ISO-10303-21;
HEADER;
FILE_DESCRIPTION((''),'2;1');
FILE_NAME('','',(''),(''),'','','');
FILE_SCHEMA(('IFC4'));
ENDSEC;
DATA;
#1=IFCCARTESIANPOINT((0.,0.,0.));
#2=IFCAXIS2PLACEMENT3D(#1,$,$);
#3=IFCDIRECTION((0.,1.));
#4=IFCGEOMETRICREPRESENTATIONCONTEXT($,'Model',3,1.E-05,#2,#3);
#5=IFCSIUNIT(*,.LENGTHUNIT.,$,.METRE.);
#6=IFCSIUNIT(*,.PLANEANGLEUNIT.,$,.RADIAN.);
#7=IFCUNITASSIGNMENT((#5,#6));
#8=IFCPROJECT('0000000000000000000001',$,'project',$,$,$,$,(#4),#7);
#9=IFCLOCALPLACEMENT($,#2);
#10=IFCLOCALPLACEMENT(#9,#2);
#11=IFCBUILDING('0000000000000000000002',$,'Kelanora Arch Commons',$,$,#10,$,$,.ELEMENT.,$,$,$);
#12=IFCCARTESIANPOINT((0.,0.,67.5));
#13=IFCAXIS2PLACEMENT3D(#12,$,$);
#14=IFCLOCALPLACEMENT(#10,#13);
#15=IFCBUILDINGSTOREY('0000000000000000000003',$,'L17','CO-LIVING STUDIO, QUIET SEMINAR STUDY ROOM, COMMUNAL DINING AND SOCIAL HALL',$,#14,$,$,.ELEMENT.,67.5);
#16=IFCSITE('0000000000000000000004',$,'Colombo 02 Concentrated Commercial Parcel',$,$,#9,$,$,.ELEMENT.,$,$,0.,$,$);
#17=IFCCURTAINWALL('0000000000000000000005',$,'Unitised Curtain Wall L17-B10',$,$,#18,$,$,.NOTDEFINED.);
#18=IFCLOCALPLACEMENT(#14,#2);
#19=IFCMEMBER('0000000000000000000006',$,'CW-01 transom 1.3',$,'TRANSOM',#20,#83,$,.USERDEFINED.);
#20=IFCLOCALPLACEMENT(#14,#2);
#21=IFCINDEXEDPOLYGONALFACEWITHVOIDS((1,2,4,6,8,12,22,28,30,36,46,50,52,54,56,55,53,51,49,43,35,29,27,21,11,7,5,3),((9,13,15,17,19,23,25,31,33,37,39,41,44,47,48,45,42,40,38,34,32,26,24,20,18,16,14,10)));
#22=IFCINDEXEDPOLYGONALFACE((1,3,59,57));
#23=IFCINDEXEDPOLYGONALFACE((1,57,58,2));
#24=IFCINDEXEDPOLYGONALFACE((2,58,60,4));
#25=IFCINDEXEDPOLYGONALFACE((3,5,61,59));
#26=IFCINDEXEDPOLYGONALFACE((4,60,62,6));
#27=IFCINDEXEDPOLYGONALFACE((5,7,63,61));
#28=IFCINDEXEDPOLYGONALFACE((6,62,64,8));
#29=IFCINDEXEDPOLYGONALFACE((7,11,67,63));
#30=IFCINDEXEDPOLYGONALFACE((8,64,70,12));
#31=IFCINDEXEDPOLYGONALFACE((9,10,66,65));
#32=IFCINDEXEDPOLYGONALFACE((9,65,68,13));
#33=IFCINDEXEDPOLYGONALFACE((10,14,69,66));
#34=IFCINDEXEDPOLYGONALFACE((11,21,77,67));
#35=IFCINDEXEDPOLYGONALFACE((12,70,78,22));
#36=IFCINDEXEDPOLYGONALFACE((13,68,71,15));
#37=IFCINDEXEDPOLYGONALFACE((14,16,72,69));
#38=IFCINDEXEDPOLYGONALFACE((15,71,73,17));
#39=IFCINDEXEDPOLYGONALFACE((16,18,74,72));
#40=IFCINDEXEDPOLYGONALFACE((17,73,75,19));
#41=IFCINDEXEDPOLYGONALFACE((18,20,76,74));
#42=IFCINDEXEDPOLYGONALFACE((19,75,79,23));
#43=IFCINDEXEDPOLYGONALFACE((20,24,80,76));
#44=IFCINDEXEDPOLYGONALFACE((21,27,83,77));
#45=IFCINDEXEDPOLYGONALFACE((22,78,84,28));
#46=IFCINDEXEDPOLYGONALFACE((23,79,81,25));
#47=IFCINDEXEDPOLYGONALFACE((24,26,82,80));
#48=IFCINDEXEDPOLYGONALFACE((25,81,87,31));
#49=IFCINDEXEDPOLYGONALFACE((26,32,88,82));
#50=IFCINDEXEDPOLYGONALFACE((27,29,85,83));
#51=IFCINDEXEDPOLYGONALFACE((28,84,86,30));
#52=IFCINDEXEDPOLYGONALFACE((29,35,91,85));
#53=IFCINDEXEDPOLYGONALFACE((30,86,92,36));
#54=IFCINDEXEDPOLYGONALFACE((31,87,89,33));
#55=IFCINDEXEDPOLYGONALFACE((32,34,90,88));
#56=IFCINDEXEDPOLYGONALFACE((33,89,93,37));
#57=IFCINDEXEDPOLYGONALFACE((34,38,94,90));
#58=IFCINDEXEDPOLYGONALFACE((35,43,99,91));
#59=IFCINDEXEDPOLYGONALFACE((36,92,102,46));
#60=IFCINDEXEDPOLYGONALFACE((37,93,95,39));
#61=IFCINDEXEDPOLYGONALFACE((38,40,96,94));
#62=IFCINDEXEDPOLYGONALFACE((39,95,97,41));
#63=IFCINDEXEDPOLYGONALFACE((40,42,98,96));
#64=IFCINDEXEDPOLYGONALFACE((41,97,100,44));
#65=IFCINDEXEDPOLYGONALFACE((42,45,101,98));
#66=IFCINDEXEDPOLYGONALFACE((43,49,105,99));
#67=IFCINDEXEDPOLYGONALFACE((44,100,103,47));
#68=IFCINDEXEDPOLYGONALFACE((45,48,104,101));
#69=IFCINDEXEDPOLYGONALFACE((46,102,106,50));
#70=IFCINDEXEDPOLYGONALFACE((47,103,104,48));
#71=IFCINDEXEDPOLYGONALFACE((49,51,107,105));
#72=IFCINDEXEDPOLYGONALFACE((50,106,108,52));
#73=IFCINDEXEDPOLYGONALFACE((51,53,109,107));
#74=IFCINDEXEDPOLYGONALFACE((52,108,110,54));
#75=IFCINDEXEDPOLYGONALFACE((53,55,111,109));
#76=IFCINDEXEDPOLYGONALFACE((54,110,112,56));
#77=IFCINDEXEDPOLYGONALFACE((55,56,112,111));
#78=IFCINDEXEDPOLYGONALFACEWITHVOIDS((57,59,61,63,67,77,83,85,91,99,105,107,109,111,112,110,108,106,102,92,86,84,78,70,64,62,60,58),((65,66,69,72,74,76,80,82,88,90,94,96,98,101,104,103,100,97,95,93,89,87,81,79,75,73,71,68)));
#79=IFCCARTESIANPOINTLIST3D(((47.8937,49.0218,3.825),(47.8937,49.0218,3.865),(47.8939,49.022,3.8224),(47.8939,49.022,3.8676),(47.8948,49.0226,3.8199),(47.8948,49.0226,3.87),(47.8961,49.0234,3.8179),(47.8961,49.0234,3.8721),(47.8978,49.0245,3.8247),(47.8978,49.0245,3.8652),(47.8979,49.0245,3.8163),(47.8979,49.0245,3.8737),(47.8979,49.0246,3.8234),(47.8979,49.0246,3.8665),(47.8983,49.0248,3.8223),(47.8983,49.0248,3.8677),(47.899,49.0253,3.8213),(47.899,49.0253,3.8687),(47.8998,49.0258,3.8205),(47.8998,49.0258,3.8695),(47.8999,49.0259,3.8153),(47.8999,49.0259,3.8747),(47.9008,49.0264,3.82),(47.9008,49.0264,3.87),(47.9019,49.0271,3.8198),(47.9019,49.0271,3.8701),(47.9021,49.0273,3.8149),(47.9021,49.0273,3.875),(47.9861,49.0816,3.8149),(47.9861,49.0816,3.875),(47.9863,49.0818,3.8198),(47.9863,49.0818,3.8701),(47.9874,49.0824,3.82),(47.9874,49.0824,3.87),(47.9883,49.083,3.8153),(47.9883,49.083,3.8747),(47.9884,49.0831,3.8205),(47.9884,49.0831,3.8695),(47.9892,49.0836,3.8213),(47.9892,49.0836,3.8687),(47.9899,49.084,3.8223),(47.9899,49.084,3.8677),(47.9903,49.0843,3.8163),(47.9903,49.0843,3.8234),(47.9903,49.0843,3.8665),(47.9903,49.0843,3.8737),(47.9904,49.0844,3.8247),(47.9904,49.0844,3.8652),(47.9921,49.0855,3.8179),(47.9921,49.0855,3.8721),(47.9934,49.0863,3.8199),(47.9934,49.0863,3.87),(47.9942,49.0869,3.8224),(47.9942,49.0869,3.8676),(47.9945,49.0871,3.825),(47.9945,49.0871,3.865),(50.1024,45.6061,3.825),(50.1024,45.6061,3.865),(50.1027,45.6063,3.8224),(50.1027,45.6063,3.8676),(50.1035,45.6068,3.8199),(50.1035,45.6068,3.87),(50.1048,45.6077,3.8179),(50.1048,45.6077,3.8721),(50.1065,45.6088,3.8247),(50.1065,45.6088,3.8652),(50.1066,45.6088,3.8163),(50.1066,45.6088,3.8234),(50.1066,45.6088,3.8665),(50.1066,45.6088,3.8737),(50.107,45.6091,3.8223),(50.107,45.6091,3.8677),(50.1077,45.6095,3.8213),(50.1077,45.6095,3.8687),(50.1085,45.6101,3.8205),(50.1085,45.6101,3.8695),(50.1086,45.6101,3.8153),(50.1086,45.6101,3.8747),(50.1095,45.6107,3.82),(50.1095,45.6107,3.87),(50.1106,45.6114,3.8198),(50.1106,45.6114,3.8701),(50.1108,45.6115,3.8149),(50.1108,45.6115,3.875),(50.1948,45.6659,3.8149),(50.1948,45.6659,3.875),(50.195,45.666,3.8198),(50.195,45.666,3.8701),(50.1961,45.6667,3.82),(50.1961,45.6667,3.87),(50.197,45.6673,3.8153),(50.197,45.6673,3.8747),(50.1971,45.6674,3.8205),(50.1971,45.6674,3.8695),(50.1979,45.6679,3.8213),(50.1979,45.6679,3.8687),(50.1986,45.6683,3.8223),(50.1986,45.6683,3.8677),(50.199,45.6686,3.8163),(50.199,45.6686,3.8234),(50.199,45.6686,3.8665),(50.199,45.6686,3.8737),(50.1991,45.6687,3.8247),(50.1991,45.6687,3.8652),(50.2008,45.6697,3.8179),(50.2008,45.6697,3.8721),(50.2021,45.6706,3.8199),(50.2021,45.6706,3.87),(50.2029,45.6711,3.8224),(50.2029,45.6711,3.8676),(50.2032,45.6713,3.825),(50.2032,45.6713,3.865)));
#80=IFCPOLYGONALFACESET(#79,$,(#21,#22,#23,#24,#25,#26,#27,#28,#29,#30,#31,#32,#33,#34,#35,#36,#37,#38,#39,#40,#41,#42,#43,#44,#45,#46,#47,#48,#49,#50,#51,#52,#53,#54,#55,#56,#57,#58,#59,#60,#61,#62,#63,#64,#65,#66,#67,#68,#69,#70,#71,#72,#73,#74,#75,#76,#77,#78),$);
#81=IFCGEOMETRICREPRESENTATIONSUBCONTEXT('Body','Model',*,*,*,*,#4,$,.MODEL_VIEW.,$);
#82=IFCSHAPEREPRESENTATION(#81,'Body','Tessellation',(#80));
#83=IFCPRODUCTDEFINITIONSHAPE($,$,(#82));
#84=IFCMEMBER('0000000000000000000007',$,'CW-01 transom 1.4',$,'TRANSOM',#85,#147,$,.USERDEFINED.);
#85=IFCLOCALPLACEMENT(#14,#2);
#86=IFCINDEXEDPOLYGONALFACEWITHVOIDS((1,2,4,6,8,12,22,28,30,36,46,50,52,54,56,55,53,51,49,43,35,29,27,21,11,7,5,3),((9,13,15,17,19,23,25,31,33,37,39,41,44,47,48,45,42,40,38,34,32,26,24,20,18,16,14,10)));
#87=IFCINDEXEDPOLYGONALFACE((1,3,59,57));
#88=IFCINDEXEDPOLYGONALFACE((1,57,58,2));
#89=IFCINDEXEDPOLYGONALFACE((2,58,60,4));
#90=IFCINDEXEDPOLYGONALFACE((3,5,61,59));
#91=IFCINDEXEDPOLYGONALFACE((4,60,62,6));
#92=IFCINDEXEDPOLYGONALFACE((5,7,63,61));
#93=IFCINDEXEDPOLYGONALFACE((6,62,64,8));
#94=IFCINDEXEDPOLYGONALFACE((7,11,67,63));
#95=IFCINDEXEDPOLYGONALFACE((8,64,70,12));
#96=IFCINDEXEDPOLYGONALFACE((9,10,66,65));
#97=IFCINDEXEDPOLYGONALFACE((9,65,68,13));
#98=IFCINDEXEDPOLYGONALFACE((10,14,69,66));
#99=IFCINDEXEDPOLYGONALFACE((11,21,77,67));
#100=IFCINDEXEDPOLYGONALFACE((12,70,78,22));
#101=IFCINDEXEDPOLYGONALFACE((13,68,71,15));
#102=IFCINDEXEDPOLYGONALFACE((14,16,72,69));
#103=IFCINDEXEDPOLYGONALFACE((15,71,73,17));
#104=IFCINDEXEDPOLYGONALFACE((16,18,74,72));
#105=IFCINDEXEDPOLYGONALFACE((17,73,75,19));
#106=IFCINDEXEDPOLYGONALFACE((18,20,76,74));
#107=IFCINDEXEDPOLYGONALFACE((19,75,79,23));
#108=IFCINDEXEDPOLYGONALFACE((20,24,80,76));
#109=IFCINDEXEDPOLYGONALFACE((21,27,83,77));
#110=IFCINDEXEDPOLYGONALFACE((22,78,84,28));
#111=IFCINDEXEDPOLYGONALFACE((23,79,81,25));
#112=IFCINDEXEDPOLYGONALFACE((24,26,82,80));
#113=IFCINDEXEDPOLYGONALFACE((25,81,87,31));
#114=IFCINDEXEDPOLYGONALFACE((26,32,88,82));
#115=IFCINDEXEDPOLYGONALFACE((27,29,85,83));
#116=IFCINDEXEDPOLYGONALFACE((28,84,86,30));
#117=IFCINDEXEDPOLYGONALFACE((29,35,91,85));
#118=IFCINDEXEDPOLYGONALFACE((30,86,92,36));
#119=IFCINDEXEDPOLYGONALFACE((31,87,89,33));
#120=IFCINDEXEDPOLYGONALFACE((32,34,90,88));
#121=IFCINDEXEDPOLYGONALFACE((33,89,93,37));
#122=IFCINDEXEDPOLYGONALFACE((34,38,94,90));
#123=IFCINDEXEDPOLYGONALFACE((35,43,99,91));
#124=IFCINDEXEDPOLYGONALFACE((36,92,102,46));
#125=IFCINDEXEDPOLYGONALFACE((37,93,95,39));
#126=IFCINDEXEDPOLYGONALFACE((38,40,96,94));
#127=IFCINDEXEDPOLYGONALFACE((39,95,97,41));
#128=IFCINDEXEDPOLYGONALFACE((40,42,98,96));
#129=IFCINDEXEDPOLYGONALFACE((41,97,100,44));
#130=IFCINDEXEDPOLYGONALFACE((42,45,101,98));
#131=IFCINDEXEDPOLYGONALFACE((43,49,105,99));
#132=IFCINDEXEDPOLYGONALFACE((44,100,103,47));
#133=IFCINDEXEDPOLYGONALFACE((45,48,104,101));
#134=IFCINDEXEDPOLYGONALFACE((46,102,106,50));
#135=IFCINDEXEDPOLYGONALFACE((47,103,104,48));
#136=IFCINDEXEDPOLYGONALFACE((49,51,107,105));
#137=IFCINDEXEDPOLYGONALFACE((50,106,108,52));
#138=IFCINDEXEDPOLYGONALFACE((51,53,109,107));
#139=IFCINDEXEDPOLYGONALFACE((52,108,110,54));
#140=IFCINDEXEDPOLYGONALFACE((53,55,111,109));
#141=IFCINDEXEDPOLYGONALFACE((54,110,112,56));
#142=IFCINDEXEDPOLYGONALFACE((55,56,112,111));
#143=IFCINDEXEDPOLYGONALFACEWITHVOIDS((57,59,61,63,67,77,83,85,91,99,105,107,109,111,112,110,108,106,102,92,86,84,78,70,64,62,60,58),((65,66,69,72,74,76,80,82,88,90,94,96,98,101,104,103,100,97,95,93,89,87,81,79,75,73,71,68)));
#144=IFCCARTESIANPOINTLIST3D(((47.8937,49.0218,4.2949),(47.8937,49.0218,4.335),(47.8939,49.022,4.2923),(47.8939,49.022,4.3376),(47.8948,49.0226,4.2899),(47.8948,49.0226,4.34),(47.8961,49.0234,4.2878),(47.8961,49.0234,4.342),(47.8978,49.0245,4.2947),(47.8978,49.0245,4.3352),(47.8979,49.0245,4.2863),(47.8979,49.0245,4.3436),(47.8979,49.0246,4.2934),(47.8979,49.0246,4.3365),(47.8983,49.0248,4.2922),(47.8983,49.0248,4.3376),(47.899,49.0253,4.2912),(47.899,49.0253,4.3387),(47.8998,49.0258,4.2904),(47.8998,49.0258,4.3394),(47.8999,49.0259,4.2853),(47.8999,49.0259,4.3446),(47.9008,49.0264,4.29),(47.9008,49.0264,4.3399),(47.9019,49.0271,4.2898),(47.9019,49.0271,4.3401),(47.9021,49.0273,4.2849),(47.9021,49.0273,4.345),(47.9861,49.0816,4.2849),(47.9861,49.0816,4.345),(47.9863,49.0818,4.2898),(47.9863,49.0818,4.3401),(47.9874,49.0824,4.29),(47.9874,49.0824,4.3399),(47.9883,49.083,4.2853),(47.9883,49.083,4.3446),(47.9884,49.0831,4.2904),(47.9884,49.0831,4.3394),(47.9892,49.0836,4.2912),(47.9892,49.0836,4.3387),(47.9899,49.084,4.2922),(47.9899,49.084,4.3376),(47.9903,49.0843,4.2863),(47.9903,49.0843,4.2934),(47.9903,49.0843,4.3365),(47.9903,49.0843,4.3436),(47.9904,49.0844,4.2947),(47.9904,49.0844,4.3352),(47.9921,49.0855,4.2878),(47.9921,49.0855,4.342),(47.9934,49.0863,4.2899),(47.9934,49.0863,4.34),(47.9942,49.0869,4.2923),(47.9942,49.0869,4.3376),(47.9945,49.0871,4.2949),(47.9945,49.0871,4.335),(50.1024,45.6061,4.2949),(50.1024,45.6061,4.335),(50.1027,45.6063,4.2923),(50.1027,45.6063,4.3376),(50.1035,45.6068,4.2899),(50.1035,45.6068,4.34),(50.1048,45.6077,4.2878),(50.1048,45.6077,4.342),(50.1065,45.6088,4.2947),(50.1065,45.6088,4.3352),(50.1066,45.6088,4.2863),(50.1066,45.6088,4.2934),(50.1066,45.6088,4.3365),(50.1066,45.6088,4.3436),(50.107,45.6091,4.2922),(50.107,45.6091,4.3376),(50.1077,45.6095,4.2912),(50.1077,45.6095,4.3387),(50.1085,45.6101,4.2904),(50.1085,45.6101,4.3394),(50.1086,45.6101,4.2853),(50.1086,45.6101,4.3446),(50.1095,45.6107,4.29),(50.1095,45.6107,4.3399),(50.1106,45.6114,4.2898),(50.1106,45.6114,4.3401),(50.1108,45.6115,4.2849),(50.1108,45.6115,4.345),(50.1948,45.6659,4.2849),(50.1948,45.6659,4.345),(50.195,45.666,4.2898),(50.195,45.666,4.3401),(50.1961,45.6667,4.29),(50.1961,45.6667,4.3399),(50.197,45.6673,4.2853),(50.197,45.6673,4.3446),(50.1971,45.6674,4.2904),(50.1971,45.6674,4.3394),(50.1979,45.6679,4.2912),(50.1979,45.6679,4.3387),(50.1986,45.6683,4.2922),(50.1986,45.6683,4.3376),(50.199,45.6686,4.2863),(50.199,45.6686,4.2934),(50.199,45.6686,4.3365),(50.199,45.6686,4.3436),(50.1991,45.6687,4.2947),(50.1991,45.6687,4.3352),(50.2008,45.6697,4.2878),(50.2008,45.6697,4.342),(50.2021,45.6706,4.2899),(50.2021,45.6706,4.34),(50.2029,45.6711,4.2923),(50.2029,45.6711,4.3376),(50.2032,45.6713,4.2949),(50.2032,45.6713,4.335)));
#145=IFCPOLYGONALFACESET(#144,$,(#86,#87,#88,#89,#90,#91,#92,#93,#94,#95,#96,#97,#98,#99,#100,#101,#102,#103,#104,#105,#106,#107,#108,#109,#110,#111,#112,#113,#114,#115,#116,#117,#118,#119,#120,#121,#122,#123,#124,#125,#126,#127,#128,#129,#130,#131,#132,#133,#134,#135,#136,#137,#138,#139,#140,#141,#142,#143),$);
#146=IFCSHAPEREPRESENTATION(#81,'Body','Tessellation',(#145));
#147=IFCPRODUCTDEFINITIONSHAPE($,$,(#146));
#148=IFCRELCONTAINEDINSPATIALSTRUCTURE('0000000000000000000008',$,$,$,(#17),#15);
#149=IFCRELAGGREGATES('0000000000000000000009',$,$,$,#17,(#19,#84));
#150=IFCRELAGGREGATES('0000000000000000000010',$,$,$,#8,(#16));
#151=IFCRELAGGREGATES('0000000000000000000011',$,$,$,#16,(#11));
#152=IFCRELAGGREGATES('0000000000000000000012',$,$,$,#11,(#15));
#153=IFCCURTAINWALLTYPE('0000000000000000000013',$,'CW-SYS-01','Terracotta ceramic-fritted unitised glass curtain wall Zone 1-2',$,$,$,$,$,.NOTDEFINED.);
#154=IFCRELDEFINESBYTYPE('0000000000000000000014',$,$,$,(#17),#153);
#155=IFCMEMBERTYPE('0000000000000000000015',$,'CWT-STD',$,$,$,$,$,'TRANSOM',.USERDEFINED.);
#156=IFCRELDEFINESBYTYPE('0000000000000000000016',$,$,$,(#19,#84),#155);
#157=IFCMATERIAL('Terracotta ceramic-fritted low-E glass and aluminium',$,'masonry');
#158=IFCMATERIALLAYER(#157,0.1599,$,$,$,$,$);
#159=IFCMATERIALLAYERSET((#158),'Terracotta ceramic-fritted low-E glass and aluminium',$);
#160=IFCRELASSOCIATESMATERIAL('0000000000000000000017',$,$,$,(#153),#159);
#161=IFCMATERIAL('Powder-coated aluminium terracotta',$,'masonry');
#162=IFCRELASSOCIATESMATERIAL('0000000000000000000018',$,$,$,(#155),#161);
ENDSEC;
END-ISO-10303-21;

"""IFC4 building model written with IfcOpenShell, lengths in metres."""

from ifc_helpers import new_model, si_unit, direction, frame, origin, origin_2d, place, context, subcontext, project, spatial, hollow_rectangle, extrude, material, layer, layer_set, material_profile, profile_set, type_object, element, aggregate, save


model = new_model("IFC4")

# Units and contexts
model_context = context("Model", 3, precision=1e-05, world=origin(), true_north=direction((0.0, 1.0)))
body_context = subcontext(model_context, "Body", "Model", "MODEL_VIEW")
ifc_project = project(units=[si_unit("LENGTHUNIT", "METRE"), si_unit("PLANEANGLEUNIT", "RADIAN")], contexts=[model_context])

# Site, building, storey
site_placement = place(None, origin())
site = spatial("IfcSite", under=ifc_project, at=site_placement, Name="Colombo 02 Concentrated Commercial Parcel", CompositionType="ELEMENT", RefElevation=0.0)
building_placement = place(site_placement, origin())
building = spatial("IfcBuilding", under=site, at=building_placement, Name="Kelanora Arch Commons", CompositionType="ELEMENT")
storey_placement = place(building_placement, frame((0.0, 0.0, 67.5)))
storey = spatial("IfcBuildingStorey", under=building, at=storey_placement, Name="L17", Description="CO-LIVING STUDIO, QUIET SEMINAR STUDY ROOM, COMMUNAL DINING AND SOCIAL HALL", CompositionType="ELEMENT", Elevation=67.5)

# Curtain wall, members
ifc_material_1 = material(Name="Terracotta ceramic-fritted low-E glass and aluminium", Category="masonry")
ifc_layer_1 = layer(ifc_material_1, 0.1599)
ifc_layer_set_1 = layer_set([ifc_layer_1], Name="Terracotta ceramic-fritted low-E glass and aluminium")
curtain_wall_type = type_object("IfcCurtainWallType", Name="CW-SYS-01", Description="Terracotta ceramic-fritted unitised glass curtain wall Zone 1-2", PredefinedType="NOTDEFINED", material=ifc_layer_set_1)
curtain_wall_placement = place(storey_placement, origin())
curtain_wall = element("IfcCurtainWall", 1, at=curtain_wall_placement, inside=storey, type_object=curtain_wall_type, Name="Unitised Curtain Wall L17-B10", PredefinedType="NOTDEFINED")
ifc_material_2 = material(Name="Powder-coated aluminium terracotta", Category="masonry")
ifc_material_profile_1 = material_profile(ifc_material_2, hollow_rectangle(XDim=0.1201, YDim=0.0601, WallThickness=0.0049, InnerFilletRadius=0.0049, OuterFilletRadius=0.01, at=origin_2d()), Name="CWT120x60")
ifc_profile_set_1 = profile_set([ifc_material_profile_1], Name="Powder-coated aluminium terracotta")
member_type_1 = type_object("IfcMemberType", Name="CWT-STD", ElementType="TRANSOM", PredefinedType="USERDEFINED", material=ifc_profile_set_1)
member_1_placement = place(storey_placement, frame((47.9441, 49.0544, 3.845), z_axis=(0.542997, -0.839734, 0.0), x_axis=(0.839734, 0.542997, 0.0)))
member_1 = element("IfcMember", 2, at=member_1_placement, type_object=member_type_1, Name="CW-01 transom 1.3", ObjectType="TRANSOM", PredefinedType="USERDEFINED", context=body_context, shape_type="SweptSolid", body=[
    extrude(hollow_rectangle(XDim=0.1201, YDim=0.0601, WallThickness=0.0049, InnerFilletRadius=0.0049, OuterFilletRadius=0.01, at=origin_2d()), origin(), (0.0, 0.0, 1.0), 4.0676),
])
member_2_placement = place(storey_placement, frame((47.9441, 49.0544, 4.3149), z_axis=(0.542997, -0.839734, 0.0), x_axis=(0.839734, 0.542997, 0.0)))
member_2 = element("IfcMember", 3, at=member_2_placement, type_object=member_type_1, Name="CW-01 transom 1.4", ObjectType="TRANSOM", PredefinedType="USERDEFINED", context=body_context, shape_type="SweptSolid", body=[
    extrude(hollow_rectangle(XDim=0.1201, YDim=0.0601, WallThickness=0.0049, InnerFilletRadius=0.0049, OuterFilletRadius=0.01, at=origin_2d()), origin(), (0.0, 0.0, 1.0), 4.0676),
])

aggregate(curtain_wall, [member_1, member_2])

save(model, "model.ifc")
